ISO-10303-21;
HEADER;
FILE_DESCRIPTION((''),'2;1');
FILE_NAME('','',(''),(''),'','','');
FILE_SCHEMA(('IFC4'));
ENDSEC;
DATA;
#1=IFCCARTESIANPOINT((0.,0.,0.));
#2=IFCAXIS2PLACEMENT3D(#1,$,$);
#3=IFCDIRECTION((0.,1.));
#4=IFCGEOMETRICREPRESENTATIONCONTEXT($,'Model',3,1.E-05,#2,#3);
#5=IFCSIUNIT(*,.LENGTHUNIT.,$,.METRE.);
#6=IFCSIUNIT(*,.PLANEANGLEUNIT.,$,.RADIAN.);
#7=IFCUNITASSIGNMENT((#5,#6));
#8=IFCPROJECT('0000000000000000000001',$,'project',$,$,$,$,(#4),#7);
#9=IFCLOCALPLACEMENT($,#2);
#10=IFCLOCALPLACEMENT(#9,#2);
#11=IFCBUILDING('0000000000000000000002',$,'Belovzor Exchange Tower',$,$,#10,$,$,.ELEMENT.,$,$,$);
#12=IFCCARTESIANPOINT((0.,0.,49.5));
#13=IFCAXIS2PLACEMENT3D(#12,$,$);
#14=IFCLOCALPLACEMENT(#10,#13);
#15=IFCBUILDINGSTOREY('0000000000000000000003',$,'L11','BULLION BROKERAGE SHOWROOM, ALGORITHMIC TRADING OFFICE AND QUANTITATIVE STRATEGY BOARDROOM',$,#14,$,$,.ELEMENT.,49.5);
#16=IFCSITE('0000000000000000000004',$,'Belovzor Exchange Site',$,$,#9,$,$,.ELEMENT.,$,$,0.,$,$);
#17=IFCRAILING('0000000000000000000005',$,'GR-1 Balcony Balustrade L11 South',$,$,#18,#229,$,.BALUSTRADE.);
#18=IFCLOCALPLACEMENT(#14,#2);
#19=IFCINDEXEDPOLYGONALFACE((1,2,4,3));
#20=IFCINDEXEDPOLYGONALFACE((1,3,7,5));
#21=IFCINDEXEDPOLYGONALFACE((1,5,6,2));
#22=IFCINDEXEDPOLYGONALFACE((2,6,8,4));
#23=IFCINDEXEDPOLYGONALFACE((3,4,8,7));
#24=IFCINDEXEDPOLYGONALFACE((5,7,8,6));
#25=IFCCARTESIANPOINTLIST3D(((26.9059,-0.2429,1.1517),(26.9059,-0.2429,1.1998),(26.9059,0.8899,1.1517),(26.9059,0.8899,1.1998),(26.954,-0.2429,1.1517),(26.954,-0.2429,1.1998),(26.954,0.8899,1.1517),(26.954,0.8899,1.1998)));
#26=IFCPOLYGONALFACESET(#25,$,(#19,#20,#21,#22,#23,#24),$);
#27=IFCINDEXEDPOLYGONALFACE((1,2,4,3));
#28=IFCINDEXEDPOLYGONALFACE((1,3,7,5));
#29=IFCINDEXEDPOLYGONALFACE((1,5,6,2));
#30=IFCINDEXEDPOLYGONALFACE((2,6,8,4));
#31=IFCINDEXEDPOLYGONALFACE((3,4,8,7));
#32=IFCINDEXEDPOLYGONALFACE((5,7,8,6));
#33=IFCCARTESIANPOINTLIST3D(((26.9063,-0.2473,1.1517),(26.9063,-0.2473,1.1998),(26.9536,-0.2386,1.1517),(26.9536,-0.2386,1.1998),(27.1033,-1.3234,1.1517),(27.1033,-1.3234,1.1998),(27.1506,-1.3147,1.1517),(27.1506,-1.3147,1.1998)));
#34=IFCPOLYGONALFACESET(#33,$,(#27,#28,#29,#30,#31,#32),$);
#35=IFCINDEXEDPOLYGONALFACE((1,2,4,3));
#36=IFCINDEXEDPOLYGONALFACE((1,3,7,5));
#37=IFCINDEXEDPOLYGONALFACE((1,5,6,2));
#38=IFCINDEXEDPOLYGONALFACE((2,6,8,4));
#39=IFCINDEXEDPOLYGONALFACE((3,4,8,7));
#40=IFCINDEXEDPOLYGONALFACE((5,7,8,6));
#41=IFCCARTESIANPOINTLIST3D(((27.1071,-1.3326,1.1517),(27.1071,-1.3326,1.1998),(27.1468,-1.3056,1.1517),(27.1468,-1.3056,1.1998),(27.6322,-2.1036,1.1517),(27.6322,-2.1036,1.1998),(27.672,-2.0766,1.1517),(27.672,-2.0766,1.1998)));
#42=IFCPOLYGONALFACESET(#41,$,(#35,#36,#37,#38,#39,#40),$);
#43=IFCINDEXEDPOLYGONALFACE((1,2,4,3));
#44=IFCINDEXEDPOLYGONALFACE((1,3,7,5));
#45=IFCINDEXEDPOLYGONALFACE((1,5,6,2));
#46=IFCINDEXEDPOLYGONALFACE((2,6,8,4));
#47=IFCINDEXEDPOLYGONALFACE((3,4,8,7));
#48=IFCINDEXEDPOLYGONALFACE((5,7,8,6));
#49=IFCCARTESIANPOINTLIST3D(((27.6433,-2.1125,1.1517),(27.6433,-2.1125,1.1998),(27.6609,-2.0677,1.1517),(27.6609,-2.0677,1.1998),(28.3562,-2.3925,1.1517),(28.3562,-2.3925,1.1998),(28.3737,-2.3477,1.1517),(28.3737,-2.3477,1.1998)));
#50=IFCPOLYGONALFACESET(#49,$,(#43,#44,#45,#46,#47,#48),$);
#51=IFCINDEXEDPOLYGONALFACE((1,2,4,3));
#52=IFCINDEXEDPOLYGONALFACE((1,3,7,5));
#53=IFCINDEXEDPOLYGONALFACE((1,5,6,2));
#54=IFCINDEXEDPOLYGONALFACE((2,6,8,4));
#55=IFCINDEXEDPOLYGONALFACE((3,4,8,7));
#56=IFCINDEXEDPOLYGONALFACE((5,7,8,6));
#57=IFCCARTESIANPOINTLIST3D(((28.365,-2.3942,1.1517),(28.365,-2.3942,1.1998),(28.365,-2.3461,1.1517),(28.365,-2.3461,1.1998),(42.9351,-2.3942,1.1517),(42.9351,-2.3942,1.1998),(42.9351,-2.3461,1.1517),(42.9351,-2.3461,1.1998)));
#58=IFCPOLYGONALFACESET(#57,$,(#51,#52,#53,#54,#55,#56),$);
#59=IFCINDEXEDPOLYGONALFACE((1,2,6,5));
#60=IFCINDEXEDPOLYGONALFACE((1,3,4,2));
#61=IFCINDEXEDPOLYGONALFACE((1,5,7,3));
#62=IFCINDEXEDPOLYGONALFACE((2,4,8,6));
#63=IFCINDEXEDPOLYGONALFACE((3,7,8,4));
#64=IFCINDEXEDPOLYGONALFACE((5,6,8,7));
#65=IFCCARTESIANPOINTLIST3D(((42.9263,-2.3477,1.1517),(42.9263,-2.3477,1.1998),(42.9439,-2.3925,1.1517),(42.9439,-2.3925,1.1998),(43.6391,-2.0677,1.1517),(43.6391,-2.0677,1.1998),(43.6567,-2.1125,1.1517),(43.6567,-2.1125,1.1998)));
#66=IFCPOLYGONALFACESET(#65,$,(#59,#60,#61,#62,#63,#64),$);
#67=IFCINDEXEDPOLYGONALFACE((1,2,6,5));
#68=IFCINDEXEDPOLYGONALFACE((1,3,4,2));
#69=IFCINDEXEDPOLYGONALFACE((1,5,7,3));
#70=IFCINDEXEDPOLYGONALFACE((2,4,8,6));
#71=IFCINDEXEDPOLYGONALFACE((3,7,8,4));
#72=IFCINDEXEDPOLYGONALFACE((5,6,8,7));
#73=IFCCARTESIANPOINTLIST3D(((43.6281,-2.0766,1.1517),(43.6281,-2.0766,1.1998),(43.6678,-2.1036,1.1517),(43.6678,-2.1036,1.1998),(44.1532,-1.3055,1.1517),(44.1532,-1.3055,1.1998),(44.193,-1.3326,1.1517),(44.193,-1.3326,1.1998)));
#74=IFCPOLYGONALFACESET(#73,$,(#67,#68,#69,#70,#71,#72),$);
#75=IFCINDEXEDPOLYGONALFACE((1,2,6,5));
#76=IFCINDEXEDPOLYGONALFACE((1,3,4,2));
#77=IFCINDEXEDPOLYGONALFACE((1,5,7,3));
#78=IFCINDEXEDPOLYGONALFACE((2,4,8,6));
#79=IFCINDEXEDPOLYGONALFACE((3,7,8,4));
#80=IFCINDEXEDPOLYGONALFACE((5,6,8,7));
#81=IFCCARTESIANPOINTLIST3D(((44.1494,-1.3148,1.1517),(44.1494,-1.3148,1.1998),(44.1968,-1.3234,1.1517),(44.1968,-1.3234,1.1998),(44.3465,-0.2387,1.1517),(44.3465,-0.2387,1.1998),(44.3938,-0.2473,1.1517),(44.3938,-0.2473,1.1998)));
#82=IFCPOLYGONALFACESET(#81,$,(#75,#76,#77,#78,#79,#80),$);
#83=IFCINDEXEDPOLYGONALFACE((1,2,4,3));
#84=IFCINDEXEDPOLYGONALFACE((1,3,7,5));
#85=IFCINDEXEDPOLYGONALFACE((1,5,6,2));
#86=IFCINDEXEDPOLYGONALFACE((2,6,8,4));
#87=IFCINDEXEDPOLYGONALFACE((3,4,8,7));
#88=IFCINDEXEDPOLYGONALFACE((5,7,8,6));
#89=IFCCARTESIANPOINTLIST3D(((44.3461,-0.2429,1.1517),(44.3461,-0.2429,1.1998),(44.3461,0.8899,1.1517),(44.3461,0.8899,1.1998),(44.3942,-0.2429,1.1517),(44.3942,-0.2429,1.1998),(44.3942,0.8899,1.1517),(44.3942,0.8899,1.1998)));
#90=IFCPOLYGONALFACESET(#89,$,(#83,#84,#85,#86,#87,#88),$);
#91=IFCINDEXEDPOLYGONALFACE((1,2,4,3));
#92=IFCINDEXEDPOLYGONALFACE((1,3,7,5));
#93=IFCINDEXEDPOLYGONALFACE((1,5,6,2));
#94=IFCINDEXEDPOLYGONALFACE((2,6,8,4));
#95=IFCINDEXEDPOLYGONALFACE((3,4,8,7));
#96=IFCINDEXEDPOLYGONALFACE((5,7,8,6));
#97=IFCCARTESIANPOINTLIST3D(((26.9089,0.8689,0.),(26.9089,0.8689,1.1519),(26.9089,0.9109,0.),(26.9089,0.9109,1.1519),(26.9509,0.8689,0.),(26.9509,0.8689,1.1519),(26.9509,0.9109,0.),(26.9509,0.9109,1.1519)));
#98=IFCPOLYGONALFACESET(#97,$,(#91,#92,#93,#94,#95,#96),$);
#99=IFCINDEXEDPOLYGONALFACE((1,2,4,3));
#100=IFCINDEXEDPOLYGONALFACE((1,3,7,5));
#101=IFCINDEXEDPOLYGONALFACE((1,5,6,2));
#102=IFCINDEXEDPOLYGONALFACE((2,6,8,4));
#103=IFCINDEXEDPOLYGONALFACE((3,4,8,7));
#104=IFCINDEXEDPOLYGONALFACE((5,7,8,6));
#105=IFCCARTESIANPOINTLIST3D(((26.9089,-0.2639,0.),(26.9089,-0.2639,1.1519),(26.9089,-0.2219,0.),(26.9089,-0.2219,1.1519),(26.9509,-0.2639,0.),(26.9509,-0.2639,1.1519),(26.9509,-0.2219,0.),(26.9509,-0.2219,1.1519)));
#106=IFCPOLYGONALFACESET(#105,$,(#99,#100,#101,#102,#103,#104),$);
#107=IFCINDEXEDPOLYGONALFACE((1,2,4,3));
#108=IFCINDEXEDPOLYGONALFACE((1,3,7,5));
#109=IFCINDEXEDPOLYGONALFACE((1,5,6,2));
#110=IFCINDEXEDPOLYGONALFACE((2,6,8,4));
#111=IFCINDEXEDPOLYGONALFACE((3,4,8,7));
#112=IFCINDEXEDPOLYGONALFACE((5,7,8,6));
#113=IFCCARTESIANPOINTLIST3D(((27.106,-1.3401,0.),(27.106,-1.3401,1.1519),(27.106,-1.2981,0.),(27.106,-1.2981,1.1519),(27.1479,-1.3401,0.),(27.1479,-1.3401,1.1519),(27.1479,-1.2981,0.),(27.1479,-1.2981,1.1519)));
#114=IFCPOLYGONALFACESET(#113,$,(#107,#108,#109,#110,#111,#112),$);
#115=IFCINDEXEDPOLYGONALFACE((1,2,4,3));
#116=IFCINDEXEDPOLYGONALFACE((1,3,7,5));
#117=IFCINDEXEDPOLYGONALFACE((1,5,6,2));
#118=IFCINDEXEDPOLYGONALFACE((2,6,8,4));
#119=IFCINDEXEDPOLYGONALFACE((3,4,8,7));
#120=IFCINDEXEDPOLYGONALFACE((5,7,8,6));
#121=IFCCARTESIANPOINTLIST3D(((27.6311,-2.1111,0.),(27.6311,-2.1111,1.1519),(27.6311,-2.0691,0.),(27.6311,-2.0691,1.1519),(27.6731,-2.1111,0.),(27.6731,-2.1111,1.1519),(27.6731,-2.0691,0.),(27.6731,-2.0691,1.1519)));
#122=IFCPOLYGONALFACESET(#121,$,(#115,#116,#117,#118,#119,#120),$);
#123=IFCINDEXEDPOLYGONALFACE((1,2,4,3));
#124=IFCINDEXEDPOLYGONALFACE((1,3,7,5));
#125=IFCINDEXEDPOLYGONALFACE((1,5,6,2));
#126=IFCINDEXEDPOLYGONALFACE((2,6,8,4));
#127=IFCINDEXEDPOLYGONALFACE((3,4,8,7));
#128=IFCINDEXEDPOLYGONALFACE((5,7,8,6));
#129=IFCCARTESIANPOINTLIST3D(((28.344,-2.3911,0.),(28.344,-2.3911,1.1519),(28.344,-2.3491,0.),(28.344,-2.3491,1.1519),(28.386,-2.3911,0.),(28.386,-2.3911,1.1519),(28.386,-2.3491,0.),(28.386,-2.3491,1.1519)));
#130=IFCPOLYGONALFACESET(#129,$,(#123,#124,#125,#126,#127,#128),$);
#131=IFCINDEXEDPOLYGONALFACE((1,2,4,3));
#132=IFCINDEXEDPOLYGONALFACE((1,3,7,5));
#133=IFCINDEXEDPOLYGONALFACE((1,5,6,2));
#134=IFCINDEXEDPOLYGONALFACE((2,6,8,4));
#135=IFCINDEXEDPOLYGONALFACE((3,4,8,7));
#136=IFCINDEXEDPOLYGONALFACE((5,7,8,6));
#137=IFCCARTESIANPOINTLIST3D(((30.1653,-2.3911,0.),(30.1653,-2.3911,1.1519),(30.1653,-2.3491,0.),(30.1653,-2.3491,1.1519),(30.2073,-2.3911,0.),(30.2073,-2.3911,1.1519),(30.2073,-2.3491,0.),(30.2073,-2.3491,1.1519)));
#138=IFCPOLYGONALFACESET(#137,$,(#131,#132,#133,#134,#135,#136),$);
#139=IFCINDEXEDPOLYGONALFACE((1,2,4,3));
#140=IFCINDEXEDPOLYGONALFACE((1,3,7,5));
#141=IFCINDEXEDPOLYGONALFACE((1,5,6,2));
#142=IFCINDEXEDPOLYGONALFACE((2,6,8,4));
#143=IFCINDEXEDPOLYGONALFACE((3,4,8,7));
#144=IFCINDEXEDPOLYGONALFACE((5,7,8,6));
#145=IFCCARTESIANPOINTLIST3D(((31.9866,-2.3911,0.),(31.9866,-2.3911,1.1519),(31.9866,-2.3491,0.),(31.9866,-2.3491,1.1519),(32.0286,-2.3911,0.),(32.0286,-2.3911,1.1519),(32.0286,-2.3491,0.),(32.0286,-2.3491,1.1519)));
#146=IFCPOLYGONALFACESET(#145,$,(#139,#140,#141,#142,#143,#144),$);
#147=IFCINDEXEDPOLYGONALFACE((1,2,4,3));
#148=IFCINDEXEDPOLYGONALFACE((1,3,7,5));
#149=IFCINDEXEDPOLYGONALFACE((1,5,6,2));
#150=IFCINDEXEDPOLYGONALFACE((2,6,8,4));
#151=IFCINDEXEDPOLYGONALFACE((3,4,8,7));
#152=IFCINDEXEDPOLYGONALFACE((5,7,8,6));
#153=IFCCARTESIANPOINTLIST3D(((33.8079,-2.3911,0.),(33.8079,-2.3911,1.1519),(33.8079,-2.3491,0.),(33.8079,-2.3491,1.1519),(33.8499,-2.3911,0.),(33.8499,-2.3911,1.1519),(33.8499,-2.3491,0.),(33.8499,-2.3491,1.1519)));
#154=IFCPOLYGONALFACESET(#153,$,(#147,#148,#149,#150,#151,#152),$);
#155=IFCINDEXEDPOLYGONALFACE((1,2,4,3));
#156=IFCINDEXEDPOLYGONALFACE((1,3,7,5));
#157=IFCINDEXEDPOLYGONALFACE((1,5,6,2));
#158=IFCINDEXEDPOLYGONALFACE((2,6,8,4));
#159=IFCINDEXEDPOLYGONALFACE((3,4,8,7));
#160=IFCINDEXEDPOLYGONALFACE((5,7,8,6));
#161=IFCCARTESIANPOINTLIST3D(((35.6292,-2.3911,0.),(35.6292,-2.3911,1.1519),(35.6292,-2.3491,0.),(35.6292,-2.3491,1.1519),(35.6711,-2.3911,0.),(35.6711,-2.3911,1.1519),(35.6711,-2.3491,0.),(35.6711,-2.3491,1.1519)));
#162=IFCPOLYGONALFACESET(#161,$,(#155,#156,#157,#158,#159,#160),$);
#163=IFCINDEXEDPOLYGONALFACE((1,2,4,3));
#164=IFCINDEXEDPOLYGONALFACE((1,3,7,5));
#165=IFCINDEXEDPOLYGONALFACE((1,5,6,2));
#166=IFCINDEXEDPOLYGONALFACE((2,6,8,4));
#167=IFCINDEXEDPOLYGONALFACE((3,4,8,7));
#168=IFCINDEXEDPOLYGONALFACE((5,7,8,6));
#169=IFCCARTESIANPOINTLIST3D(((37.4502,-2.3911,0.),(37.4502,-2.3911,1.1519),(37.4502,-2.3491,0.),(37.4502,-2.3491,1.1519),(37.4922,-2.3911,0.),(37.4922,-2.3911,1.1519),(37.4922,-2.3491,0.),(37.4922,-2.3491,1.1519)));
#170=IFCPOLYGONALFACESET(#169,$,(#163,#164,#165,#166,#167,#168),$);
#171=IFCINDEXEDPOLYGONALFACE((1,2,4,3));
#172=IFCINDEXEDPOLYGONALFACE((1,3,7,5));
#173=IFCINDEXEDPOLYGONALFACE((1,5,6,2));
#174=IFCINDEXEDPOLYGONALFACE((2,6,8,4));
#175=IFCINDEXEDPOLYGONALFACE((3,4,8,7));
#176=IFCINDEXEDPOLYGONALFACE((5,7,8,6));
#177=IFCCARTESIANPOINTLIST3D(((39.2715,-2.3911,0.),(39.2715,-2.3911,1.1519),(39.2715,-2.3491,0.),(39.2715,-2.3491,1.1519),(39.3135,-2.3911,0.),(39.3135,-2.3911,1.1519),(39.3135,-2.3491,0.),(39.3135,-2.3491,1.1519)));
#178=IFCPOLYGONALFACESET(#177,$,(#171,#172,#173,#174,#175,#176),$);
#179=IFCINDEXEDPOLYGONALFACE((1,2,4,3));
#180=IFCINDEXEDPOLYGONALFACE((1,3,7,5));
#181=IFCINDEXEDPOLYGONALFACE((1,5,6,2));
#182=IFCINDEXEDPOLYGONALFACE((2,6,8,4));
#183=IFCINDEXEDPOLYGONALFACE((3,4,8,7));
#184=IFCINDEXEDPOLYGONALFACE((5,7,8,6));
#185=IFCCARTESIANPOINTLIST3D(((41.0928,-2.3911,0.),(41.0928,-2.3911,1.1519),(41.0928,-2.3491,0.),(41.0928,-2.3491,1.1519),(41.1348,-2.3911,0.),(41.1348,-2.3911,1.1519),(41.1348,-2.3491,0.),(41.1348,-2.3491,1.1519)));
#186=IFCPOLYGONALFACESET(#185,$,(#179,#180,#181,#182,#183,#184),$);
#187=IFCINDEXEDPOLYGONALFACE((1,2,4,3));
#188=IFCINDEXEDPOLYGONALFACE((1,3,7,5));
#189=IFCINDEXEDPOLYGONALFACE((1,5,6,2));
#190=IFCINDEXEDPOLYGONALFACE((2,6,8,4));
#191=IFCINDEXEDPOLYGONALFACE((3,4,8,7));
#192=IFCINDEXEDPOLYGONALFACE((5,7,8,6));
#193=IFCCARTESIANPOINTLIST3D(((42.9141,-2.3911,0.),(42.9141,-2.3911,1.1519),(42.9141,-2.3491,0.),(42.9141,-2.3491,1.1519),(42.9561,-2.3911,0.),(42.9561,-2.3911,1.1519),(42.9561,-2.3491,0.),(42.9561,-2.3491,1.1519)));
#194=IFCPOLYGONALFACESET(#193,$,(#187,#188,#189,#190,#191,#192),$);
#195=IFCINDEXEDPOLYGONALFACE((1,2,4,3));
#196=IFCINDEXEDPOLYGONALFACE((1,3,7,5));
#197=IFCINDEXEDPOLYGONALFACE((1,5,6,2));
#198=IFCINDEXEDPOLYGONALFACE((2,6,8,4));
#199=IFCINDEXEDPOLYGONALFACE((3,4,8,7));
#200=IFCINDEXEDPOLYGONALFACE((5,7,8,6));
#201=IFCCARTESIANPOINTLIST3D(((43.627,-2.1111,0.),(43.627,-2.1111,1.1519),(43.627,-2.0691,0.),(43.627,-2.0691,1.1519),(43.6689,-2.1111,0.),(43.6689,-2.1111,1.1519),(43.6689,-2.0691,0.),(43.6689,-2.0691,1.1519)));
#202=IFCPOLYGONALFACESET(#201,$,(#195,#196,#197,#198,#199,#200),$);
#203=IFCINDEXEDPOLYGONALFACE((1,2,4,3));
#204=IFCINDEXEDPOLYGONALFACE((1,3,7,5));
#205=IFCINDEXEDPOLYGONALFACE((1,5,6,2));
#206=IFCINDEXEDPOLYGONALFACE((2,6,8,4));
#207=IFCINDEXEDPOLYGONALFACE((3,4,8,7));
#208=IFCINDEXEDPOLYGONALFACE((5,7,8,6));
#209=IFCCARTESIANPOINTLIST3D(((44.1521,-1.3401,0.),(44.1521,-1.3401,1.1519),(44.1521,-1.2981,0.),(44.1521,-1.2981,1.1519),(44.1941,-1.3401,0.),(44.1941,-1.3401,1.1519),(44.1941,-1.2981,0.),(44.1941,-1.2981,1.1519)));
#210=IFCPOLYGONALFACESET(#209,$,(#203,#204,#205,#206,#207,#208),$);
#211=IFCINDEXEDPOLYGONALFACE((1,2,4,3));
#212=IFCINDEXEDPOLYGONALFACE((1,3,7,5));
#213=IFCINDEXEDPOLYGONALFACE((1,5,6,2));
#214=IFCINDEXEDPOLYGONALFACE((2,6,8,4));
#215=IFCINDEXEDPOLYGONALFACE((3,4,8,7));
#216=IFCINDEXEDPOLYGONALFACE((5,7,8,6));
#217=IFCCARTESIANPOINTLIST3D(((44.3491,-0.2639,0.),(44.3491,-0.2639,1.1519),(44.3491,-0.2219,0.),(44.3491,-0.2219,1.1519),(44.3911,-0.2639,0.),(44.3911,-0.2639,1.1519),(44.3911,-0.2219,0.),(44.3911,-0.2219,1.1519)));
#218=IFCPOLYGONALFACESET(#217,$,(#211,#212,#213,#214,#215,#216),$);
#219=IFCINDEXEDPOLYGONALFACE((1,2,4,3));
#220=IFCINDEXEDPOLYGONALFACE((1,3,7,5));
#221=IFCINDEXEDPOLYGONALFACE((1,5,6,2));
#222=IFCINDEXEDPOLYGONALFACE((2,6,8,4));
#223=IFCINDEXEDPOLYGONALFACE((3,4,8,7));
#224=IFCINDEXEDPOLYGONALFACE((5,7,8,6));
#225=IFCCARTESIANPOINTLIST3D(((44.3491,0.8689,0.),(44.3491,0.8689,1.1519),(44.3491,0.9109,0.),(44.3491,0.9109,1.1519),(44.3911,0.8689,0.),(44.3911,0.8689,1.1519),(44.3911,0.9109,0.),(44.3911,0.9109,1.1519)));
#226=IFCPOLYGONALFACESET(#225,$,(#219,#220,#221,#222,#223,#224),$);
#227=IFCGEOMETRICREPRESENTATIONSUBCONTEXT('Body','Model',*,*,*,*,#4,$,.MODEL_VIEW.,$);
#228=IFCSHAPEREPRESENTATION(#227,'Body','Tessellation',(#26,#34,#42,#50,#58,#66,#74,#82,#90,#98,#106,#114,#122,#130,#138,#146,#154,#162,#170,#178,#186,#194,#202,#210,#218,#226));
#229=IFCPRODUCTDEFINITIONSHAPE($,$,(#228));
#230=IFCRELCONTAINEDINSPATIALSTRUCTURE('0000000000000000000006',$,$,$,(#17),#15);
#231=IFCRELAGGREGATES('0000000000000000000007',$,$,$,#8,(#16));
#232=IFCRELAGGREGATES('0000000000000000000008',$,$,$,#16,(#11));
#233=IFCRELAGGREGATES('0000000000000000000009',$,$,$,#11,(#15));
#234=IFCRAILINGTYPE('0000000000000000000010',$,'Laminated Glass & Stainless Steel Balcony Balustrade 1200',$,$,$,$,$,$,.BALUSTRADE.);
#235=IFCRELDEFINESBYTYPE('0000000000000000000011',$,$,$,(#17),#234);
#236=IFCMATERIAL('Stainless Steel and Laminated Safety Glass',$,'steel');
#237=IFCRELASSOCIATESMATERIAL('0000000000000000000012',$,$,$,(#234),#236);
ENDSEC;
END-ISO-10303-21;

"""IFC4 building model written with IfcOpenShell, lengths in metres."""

from ifc_helpers import new_model, si_unit, direction, frame, origin, origin_2d, place, context, subcontext, project, spatial, rectangle, extrude, material, type_object, element, save


model = new_model("IFC4")

# Units and contexts
model_context = context("Model", 3, precision=1e-05, world=origin(), true_north=direction((0.0, 1.0)))
body_context = subcontext(model_context, "Body", "Model", "MODEL_VIEW")
ifc_project = project(units=[si_unit("LENGTHUNIT", "METRE"), si_unit("PLANEANGLEUNIT", "RADIAN")], contexts=[model_context])

# Site, building, storey
site_placement = place(None, origin())
site = spatial("IfcSite", under=ifc_project, at=site_placement, Name="Belovzor Exchange Site", CompositionType="ELEMENT", RefElevation=0.0)
building_placement = place(site_placement, origin())
building = spatial("IfcBuilding", under=site, at=building_placement, Name="Belovzor Exchange Tower", CompositionType="ELEMENT")
storey_placement = place(building_placement, frame((0.0, 0.0, 49.5)))
storey = spatial("IfcBuildingStorey", under=building, at=storey_placement, Name="L11", Description="BULLION BROKERAGE SHOWROOM, ALGORITHMIC TRADING OFFICE AND QUANTITATIVE STRATEGY BOARDROOM", CompositionType="ELEMENT", Elevation=49.5)

# Railing
ifc_material_1 = material(Name="Stainless Steel and Laminated Safety Glass", Category="steel")
railing_type = type_object("IfcRailingType", Name="Laminated Glass & Stainless Steel Balcony Balustrade 1200", PredefinedType="BALUSTRADE", material=ifc_material_1)
railing_placement = place(storey_placement, frame((26.9299, 0.8899, 0.0)))
element("IfcRailing", 1, at=railing_placement, inside=storey, type_object=railing_type, Name="GR-1 Balcony Balustrade L11 South", PredefinedType="BALUSTRADE", context=body_context, shape_type="SweptSolid", body=[
    extrude(rectangle(XDim=0.0481, YDim=0.0481, at=origin_2d()), frame((0.0, 0.0, 1.1758), z_axis=(0.0, -1.0, 0.0), x_axis=(1.0, 0.0, 0.0)), (0.0, 0.0, 1.0), 1.1328),
    extrude(rectangle(XDim=0.0481, YDim=0.0481, at=origin_2d()), frame((0.0, -1.1328, 1.1758), z_axis=(0.180083, -0.983651, 0.0), x_axis=(0.983651, 0.180083, 0.0)), (0.0, 0.0, 1.0), 1.094),
    extrude(rectangle(XDim=0.0481, YDim=0.0481, at=origin_2d()), frame((0.197, -2.209, 1.1758), z_axis=(0.562947, -0.826493, 0.0), x_axis=(0.826493, 0.562947, 0.0)), (0.0, 0.0, 1.0), 0.9329),
    extrude(rectangle(XDim=0.0481, YDim=0.0481, at=origin_2d()), frame((0.7222, -2.98, 1.1758), z_axis=(0.930767, -0.365613, 0.0), x_axis=(0.365613, 0.930767, 0.0)), (0.0, 0.0, 1.0), 0.7659),
    extrude(rectangle(XDim=0.0481, YDim=0.0481, at=origin_2d()), frame((1.4351, -3.26, 1.1758), z_axis=(1.0, 0.0, 0.0), x_axis=(0.0, 1.0, 0.0)), (0.0, 0.0, 1.0), 14.5701),
    extrude(rectangle(XDim=0.0481, YDim=0.0481, at=origin_2d()), frame((16.0051, -3.26, 1.1758), z_axis=(0.930767, 0.365613, 0.0), x_axis=(-0.365613, 0.930767, 0.0)), (0.0, 0.0, 1.0), 0.7659),
    extrude(rectangle(XDim=0.0481, YDim=0.0481, at=origin_2d()), frame((16.718, -2.98, 1.1758), z_axis=(0.562947, 0.826493, 0.0), x_axis=(-0.826493, 0.562947, 0.0)), (0.0, 0.0, 1.0), 0.9329),
    extrude(rectangle(XDim=0.0481, YDim=0.0481, at=origin_2d()), frame((17.2432, -2.209, 1.1758), z_axis=(0.180083, 0.983651, 0.0), x_axis=(-0.983651, 0.180083, 0.0)), (0.0, 0.0, 1.0), 1.094),
    extrude(rectangle(XDim=0.0481, YDim=0.0481, at=origin_2d()), frame((17.4402, -1.1328, 1.1758), z_axis=(0.0, 1.0, 0.0), x_axis=(-1.0, 0.0, 0.0)), (0.0, 0.0, 1.0), 1.1328),
    extrude(rectangle(XDim=0.042, YDim=0.042, at=origin_2d()), origin(), (0.0, 0.0, 1.0), 1.1519),
    extrude(rectangle(XDim=0.042, YDim=0.042, at=origin_2d()), frame((0.0, -1.1328, 0.0)), (0.0, 0.0, 1.0), 1.1519),
    extrude(rectangle(XDim=0.042, YDim=0.042, at=origin_2d()), frame((0.197, -2.209, 0.0)), (0.0, 0.0, 1.0), 1.1519),
    extrude(rectangle(XDim=0.042, YDim=0.042, at=origin_2d()), frame((0.7222, -2.98, 0.0)), (0.0, 0.0, 1.0), 1.1519),
    extrude(rectangle(XDim=0.042, YDim=0.042, at=origin_2d()), frame((1.4351, -3.26, 0.0)), (0.0, 0.0, 1.0), 1.1519),
    extrude(rectangle(XDim=0.042, YDim=0.042, at=origin_2d()), frame((3.2563, -3.26, 0.0)), (0.0, 0.0, 1.0), 1.1519),
    extrude(rectangle(XDim=0.042, YDim=0.042, at=origin_2d()), frame((5.0776, -3.26, 0.0)), (0.0, 0.0, 1.0), 1.1519),
    extrude(rectangle(XDim=0.042, YDim=0.042, at=origin_2d()), frame((6.8989, -3.26, 0.0)), (0.0, 0.0, 1.0), 1.1519),
    extrude(rectangle(XDim=0.042, YDim=0.042, at=origin_2d()), frame((8.7202, -3.26, 0.0)), (0.0, 0.0, 1.0), 1.1519),
    extrude(rectangle(XDim=0.042, YDim=0.042, at=origin_2d()), frame((10.5413, -3.26, 0.0)), (0.0, 0.0, 1.0), 1.1519),
    extrude(rectangle(XDim=0.042, YDim=0.042, at=origin_2d()), frame((12.3625, -3.26, 0.0)), (0.0, 0.0, 1.0), 1.1519),
    extrude(rectangle(XDim=0.042, YDim=0.042, at=origin_2d()), frame((14.1838, -3.26, 0.0)), (0.0, 0.0, 1.0), 1.1519),
    extrude(rectangle(XDim=0.042, YDim=0.042, at=origin_2d()), frame((16.0051, -3.26, 0.0)), (0.0, 0.0, 1.0), 1.1519),
    extrude(rectangle(XDim=0.042, YDim=0.042, at=origin_2d()), frame((16.718, -2.98, 0.0)), (0.0, 0.0, 1.0), 1.1519),
    extrude(rectangle(XDim=0.042, YDim=0.042, at=origin_2d()), frame((17.2432, -2.209, 0.0)), (0.0, 0.0, 1.0), 1.1519),
    extrude(rectangle(XDim=0.042, YDim=0.042, at=origin_2d()), frame((17.4402, -1.1328, 0.0)), (0.0, 0.0, 1.0), 1.1519),
    extrude(rectangle(XDim=0.042, YDim=0.042, at=origin_2d()), frame((17.4402, 0.0, 0.0)), (0.0, 0.0, 1.0), 1.1519),
])

save(model, "model.ifc")
